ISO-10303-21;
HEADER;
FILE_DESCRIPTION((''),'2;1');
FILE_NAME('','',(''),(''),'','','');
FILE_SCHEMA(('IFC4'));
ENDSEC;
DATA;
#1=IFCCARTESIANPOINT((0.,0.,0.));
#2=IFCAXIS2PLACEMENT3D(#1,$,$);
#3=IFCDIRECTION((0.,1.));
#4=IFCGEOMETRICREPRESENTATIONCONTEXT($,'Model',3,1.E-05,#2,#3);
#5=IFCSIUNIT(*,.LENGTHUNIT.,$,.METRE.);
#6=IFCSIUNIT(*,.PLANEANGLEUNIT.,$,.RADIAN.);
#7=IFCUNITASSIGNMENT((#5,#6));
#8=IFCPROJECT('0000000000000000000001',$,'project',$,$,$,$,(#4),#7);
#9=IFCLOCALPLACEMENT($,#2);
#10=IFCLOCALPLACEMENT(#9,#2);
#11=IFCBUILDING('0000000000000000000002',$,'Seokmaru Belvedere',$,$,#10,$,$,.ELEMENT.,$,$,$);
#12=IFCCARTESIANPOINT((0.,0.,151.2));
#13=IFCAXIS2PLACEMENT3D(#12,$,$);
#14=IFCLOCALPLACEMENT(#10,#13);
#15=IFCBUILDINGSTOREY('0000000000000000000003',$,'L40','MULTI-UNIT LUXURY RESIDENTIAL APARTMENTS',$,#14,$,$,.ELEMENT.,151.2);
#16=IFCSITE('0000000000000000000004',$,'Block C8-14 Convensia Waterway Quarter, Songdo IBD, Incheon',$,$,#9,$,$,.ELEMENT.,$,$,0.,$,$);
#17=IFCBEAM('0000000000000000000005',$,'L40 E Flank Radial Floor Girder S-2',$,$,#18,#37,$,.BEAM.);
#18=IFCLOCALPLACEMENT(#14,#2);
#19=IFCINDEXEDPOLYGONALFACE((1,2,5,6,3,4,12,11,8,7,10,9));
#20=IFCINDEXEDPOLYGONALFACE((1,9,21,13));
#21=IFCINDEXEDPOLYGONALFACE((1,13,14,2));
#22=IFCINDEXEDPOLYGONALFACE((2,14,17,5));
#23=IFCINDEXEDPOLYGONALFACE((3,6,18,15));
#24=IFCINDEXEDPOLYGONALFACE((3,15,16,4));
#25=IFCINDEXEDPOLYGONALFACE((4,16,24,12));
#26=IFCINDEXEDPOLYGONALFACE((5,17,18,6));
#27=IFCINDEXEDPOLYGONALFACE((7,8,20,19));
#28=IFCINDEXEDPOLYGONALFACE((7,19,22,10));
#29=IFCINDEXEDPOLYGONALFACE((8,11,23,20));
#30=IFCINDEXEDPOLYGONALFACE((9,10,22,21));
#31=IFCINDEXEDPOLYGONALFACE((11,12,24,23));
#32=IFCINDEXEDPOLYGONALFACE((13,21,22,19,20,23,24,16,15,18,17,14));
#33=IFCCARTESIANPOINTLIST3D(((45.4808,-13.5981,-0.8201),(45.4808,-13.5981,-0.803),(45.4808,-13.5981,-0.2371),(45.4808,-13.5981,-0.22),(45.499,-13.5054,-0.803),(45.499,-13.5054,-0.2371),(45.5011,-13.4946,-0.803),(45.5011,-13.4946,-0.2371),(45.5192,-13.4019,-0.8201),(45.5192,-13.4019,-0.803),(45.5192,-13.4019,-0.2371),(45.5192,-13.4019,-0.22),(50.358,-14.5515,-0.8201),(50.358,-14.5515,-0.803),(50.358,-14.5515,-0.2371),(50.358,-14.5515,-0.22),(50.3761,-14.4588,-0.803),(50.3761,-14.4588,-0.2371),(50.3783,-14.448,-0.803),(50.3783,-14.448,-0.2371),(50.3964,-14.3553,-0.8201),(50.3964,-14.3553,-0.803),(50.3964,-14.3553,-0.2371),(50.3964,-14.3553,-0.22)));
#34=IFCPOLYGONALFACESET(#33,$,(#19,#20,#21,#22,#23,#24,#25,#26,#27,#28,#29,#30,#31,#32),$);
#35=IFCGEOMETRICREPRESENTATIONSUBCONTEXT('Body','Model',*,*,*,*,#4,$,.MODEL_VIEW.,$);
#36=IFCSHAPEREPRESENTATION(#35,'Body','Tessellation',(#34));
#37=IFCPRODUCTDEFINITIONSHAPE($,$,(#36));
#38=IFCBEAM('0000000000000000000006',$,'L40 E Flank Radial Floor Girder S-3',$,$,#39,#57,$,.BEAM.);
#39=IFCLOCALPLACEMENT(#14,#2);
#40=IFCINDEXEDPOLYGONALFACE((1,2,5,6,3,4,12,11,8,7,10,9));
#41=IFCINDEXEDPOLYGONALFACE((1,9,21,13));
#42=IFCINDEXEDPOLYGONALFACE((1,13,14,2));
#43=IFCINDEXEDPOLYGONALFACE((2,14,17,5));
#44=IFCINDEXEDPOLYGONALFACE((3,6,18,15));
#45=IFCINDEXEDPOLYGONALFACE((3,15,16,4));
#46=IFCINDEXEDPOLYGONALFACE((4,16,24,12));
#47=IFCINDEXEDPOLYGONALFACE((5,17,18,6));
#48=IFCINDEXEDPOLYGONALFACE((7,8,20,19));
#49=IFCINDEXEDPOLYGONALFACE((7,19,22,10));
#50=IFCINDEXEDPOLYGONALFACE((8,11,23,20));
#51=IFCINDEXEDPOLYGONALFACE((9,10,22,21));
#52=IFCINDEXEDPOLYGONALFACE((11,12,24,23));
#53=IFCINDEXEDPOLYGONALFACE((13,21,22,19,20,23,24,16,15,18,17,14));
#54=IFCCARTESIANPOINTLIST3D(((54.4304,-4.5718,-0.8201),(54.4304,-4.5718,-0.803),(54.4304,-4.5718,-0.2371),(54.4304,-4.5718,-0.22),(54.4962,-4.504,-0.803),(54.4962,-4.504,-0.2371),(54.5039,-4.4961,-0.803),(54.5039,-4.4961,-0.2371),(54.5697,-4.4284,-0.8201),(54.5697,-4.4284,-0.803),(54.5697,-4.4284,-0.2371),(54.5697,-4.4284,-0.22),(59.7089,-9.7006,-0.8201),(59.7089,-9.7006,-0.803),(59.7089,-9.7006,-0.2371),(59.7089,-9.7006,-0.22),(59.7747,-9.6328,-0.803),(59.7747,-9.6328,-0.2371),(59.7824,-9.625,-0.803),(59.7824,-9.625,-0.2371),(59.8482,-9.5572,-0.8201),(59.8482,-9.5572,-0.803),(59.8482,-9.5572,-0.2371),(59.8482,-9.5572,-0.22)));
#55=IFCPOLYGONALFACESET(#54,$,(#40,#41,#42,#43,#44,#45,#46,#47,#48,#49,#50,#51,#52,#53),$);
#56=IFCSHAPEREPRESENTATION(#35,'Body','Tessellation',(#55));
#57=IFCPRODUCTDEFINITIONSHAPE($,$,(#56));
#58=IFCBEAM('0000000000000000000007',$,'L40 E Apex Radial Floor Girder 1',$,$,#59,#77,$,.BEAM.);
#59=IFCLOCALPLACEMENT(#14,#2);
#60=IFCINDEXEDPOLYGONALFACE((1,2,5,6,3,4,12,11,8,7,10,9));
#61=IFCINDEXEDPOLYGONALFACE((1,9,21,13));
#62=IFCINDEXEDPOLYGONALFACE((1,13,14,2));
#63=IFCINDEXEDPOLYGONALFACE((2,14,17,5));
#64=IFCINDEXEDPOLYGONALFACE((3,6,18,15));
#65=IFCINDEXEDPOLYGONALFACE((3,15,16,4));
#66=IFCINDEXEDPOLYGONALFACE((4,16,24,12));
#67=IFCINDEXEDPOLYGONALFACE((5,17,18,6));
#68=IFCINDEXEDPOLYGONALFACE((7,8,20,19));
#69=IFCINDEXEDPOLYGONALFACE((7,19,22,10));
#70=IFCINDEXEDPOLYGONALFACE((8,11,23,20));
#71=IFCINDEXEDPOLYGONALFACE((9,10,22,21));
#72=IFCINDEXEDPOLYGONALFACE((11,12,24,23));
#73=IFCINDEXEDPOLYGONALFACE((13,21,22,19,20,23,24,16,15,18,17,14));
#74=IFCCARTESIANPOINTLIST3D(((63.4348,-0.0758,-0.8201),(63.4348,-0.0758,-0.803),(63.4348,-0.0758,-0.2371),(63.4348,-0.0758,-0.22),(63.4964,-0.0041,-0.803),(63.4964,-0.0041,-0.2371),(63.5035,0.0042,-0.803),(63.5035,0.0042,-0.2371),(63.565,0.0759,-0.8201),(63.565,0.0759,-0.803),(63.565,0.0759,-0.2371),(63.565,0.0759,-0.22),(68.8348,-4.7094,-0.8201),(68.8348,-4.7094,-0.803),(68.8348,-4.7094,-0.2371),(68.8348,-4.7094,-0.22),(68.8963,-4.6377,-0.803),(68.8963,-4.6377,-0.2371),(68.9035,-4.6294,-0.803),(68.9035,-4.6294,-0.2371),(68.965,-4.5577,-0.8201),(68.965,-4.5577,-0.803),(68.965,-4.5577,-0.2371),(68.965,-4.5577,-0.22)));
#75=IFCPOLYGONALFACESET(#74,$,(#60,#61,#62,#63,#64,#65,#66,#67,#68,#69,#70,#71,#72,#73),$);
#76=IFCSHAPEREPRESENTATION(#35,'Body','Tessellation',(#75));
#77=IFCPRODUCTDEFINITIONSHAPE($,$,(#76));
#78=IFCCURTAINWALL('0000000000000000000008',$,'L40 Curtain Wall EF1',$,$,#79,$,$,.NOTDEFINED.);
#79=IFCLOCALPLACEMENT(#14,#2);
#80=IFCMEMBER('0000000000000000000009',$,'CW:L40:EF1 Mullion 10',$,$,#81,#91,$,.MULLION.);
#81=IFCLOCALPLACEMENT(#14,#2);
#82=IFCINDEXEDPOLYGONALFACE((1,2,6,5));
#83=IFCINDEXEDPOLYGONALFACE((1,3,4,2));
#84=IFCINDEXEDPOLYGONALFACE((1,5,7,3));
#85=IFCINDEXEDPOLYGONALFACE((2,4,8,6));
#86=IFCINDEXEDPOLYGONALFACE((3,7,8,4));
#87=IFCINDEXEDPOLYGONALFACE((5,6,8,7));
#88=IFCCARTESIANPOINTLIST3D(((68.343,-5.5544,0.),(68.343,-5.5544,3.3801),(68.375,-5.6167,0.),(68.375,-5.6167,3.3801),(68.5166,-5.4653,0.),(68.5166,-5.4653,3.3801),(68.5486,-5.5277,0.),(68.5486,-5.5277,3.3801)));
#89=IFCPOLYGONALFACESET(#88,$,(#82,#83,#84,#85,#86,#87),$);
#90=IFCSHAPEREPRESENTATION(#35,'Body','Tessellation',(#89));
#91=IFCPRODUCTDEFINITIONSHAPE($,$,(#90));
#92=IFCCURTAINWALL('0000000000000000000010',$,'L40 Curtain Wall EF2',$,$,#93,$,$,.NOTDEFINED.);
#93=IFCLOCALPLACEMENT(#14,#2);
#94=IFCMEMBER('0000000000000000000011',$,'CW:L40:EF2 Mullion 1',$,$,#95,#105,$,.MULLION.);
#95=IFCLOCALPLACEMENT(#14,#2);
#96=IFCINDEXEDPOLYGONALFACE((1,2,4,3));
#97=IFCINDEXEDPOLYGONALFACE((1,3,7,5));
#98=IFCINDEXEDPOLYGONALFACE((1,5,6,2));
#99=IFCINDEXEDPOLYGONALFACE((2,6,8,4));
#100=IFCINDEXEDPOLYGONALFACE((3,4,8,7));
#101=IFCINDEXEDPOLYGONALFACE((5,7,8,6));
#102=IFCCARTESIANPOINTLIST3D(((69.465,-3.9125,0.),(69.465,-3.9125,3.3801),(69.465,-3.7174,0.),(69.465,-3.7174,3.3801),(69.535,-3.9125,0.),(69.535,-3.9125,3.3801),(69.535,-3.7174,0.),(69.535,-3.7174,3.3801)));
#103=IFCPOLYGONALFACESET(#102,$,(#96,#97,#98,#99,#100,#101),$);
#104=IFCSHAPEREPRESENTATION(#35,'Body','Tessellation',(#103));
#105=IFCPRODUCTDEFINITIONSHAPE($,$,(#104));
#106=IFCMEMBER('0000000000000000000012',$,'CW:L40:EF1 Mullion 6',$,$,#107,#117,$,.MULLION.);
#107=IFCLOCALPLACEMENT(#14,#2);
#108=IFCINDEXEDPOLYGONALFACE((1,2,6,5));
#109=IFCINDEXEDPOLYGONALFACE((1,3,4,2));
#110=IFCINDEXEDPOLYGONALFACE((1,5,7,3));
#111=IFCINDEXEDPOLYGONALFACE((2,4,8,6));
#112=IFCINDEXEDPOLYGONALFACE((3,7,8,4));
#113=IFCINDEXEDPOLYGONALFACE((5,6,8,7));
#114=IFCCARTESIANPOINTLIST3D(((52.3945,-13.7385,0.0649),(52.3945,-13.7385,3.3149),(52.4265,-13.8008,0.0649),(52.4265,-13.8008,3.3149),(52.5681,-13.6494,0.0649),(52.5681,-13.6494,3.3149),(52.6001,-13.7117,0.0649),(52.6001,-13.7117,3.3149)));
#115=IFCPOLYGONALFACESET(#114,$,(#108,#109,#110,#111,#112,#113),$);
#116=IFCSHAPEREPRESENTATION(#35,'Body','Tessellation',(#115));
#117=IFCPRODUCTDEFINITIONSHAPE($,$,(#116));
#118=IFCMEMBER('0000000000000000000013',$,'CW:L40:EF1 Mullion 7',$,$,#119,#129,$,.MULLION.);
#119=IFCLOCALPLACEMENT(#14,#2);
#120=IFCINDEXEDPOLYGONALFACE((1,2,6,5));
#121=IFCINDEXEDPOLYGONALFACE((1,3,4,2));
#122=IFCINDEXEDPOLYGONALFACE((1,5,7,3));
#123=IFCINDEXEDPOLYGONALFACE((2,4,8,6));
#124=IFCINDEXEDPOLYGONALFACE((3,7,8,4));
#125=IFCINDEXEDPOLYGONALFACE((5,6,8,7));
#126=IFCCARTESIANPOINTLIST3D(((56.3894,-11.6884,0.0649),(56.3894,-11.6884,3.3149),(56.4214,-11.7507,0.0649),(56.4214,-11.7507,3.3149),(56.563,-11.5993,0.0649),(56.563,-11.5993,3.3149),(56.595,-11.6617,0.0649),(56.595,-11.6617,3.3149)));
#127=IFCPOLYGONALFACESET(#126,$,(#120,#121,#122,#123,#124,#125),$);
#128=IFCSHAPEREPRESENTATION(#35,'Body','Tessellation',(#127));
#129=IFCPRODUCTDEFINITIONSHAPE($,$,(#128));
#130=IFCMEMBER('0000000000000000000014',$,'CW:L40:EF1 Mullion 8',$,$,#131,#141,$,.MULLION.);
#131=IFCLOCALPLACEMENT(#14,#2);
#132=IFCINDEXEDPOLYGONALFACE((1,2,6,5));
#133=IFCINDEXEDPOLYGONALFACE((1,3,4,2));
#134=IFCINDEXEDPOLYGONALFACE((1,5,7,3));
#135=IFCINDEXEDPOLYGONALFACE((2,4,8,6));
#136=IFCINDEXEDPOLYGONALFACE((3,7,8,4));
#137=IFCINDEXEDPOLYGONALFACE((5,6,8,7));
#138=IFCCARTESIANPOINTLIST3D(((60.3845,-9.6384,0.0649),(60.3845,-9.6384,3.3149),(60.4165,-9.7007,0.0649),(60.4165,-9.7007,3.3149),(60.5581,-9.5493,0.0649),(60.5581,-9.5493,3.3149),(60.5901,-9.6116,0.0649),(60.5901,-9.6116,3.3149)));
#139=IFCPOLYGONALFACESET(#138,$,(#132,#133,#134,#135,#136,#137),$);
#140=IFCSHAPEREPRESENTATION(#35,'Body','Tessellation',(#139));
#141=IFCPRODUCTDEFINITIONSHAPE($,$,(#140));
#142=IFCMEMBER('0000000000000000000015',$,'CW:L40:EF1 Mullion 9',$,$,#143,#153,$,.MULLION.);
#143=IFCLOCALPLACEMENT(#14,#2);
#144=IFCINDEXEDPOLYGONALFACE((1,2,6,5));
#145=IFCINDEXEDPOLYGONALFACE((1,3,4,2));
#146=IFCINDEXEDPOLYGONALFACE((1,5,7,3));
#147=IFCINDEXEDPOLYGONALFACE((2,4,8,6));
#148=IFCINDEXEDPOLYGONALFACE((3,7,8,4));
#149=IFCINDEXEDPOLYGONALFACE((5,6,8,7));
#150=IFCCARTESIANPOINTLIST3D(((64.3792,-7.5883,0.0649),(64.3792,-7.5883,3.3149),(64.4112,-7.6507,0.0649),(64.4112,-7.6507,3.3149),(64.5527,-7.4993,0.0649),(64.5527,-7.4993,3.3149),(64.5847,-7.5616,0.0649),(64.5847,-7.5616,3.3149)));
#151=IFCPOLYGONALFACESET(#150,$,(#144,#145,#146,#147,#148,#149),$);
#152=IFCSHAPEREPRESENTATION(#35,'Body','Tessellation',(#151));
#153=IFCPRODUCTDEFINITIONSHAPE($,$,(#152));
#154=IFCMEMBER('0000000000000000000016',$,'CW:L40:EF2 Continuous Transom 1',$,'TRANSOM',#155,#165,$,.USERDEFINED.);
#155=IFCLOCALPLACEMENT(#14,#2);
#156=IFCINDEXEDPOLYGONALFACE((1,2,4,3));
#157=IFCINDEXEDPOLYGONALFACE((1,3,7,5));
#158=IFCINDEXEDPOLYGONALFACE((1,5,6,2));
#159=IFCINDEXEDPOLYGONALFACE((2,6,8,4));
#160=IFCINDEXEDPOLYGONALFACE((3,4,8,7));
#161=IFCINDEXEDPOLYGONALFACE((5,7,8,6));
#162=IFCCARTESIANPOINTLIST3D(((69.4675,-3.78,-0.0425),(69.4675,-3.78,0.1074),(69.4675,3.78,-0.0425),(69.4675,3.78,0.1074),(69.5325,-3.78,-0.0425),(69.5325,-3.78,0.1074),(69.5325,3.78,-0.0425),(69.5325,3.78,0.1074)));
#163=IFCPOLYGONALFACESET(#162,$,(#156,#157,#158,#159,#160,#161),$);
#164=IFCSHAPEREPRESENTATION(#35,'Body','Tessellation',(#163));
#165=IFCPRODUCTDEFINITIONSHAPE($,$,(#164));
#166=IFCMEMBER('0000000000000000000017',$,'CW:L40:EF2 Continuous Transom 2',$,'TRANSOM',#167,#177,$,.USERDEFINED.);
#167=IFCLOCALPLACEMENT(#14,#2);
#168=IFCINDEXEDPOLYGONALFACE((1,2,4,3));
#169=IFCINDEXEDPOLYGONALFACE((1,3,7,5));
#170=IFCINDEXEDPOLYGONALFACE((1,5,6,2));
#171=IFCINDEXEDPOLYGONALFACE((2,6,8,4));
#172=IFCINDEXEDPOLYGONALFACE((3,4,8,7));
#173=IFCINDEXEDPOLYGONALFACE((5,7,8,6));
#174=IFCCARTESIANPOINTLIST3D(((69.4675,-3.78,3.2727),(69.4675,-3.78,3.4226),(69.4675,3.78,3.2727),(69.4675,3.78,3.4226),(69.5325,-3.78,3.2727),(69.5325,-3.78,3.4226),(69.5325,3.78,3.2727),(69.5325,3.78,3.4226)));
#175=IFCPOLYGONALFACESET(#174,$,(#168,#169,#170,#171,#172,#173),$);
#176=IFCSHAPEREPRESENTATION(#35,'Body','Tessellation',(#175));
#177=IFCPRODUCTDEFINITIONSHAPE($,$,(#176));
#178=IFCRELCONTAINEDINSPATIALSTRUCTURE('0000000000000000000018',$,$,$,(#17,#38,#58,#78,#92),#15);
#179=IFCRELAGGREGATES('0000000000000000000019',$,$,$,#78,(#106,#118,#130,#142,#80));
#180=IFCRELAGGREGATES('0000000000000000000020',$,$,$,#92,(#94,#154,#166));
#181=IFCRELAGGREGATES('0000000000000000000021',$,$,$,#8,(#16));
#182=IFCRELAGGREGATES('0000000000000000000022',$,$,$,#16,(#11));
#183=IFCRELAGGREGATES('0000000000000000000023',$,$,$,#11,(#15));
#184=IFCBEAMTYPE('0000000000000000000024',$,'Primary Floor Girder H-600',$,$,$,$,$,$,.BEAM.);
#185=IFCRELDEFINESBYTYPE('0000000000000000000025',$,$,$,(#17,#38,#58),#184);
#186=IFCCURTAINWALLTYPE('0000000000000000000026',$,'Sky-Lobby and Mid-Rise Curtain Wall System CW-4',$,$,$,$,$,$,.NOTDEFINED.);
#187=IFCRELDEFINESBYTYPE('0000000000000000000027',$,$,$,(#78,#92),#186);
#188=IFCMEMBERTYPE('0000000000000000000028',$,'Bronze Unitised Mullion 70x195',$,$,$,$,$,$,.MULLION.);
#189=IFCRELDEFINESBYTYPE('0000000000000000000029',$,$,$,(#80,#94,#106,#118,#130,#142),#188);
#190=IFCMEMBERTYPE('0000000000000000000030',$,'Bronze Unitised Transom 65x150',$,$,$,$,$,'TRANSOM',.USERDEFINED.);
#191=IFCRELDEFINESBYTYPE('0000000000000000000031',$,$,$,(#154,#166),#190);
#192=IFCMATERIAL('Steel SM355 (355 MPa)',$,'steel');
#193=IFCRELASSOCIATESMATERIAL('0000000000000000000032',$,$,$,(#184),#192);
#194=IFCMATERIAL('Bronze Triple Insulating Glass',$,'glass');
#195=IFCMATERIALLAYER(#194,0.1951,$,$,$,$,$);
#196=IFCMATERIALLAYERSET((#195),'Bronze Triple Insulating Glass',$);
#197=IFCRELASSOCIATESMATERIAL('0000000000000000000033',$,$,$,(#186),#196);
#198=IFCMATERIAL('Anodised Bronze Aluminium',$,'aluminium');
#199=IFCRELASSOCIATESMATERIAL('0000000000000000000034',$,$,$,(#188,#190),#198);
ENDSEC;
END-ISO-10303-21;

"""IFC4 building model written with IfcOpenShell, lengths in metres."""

from ifc_helpers import new_model, si_unit, direction, frame, origin, origin_2d, place, context, subcontext, project, spatial, rectangle, i_section, extrude, source, transform, mapped, material, layer, layer_set, material_profile, profile_set, type_object, type_shapes, element, aggregate, save


model = new_model("IFC4")

# Units and contexts
model_context = context("Model", 3, precision=1e-05, world=origin(), true_north=direction((0.0, 1.0)))
body_context = subcontext(model_context, "Body", "Model", "MODEL_VIEW")
ifc_project = project(units=[si_unit("LENGTHUNIT", "METRE"), si_unit("PLANEANGLEUNIT", "RADIAN")], contexts=[model_context])

# Site, building, storey
site_placement = place(None, origin())
site = spatial("IfcSite", under=ifc_project, at=site_placement, Name="Block C8-14 Convensia Waterway Quarter, Songdo IBD, Incheon", CompositionType="ELEMENT", RefElevation=0.0)
building_placement = place(site_placement, origin())
building = spatial("IfcBuilding", under=site, at=building_placement, Name="Seokmaru Belvedere", CompositionType="ELEMENT")
storey_placement = place(building_placement, frame((0.0, 0.0, 151.2)))
storey = spatial("IfcBuildingStorey", under=building, at=storey_placement, Name="L40", Description="MULTI-UNIT LUXURY RESIDENTIAL APARTMENTS", CompositionType="ELEMENT", Elevation=151.2)

# Shared definitions
ifc_material_1 = material(Name="Steel SM355 (355 MPa)", Category="steel")

# Beams
ifc_material_profile_1 = material_profile(ifc_material_1, i_section(OverallWidth=0.2, OverallDepth=0.6001, WebThickness=0.011, FlangeThickness=0.0171, at=origin_2d()), Name="H-600x200x11x17")
ifc_profile_set_1 = profile_set([ifc_material_profile_1], Name="Steel SM355 (355 MPa)")
beam_type_1 = type_object("IfcBeamType", Name="Primary Floor Girder H-600", PredefinedType="BEAM", material=ifc_profile_set_1)
shared_shape_1 = source(origin(), body_context, "Body", "SweptSolid", [
    extrude(i_section(OverallWidth=0.2, OverallDepth=0.6001, WebThickness=0.011, FlangeThickness=0.0171, at=origin_2d()), origin(), (0.0, 0.0, 1.0), 4.9695),
])
beam_1_placement = place(storey_placement, frame((50.3772, -14.4534, -0.52), z_axis=(-0.981425, 0.191844, 0.0), x_axis=(-0.191844, -0.981425, 0.0)))
element("IfcBeam", 1, at=beam_1_placement, inside=storey, type_object=beam_type_1, Name="L40 E Flank Radial Floor Girder S-2", PredefinedType="BEAM", context=body_context, shape_type="MappedRepresentation", body=[
    mapped(shared_shape_1, transform((0.0, 0.0, 0.0), scale=1.0)),
])
shared_shape_2 = source(origin(), body_context, "Body", "SweptSolid", [
    extrude(i_section(OverallWidth=0.2, OverallDepth=0.6001, WebThickness=0.011, FlangeThickness=0.0171, at=origin_2d()), origin(), (0.0, 0.0, 1.0), 7.3599),
])
beam_2_placement = place(storey_placement, frame((59.7786, -9.6289, -0.52), z_axis=(-0.717201, 0.696867, 0.0), x_axis=(-0.696867, -0.717201, 0.0)))
element("IfcBeam", 2, at=beam_2_placement, inside=storey, type_object=beam_type_1, Name="L40 E Flank Radial Floor Girder S-3", PredefinedType="BEAM", context=body_context, shape_type="MappedRepresentation", body=[
    mapped(shared_shape_2, transform((0.0, 0.0, 0.0), scale=1.0)),
])
shared_shape_3 = source(origin(), body_context, "Body", "SweptSolid", [
    extrude(i_section(OverallWidth=0.2, OverallDepth=0.6001, WebThickness=0.011, FlangeThickness=0.0171, at=origin_2d()), origin(), (0.0, 0.0, 1.0), 7.1155),
])
beam_3_placement = place(storey_placement, frame((68.8999, -4.6335, -0.52), z_axis=(-0.758905, 0.651201, 0.0), x_axis=(-0.651201, -0.758905, 0.0)))
element("IfcBeam", 3, at=beam_3_placement, inside=storey, type_object=beam_type_1, Name="L40 E Apex Radial Floor Girder 1", PredefinedType="BEAM", context=body_context, shape_type="MappedRepresentation", body=[
    mapped(shared_shape_3, transform((0.0, 0.0, 0.0), scale=1.0)),
])

# Curtain walls, members
ifc_material_2 = material(Name="Bronze Triple Insulating Glass", Category="glass")
ifc_layer_1 = layer(ifc_material_2, 0.1951)
ifc_layer_set_1 = layer_set([ifc_layer_1], Name="Bronze Triple Insulating Glass")
curtain_wall_type = type_object("IfcCurtainWallType", Name="Sky-Lobby and Mid-Rise Curtain Wall System CW-4", PredefinedType="NOTDEFINED", material=ifc_layer_set_1)
curtain_wall_1_placement = place(storey_placement, origin())
curtain_wall_1 = element("IfcCurtainWall", 4, at=curtain_wall_1_placement, inside=storey, type_object=curtain_wall_type, Name="L40 Curtain Wall EF1", PredefinedType="NOTDEFINED")
ifc_material_3 = material(Name="Anodised Bronze Aluminium", Category="aluminium")
ifc_material_profile_2 = material_profile(ifc_material_3, rectangle(XDim=0.0701, YDim=0.1951, at=origin_2d()), Name="CW-M-70x195")
ifc_profile_set_2 = profile_set([ifc_material_profile_2], Name="Anodised Bronze Aluminium")
member_type_1 = type_object("IfcMemberType", Name="Bronze Unitised Mullion 70x195", PredefinedType="MULLION", material=ifc_profile_set_2)
shared_shape_4 = source(origin(), body_context, "Body", "SweptSolid", [
    extrude(rectangle(XDim=0.0701, YDim=0.1951, at=origin_2d()), origin(), (0.0, 0.0, 1.0), 3.3801),
])
member_1_placement = place(storey_placement, frame((68.4458, -5.541, 0.0), z_axis=(0.0, 0.0, 1.0), x_axis=(-0.456555, 0.889695, 0.0)))
member_1 = element("IfcMember", 5, at=member_1_placement, type_object=member_type_1, Name="CW:L40:EF1 Mullion 10", PredefinedType="MULLION", context=body_context, shape_type="MappedRepresentation", body=[
    mapped(shared_shape_4, transform((0.0, 0.0, 0.0), scale=1.0)),
])
curtain_wall_2_placement = place(storey_placement, origin())
curtain_wall_2 = element("IfcCurtainWall", 6, at=curtain_wall_2_placement, inside=storey, type_object=curtain_wall_type, Name="L40 Curtain Wall EF2", PredefinedType="NOTDEFINED")
member_2_placement = place(storey_placement, frame((69.5, -3.8149, 0.0), z_axis=(0.0, 0.0, 1.0), x_axis=(-1.0, 0.0, 0.0)))
member_2 = element("IfcMember", 7, at=member_2_placement, type_object=member_type_1, Name="CW:L40:EF2 Mullion 1", PredefinedType="MULLION", context=body_context, shape_type="MappedRepresentation", body=[
    mapped(shared_shape_4, transform((0.0, 0.0, 0.0), scale=1.0)),
])

# Members
shared_shape_5 = source(origin(), body_context, "Body", "SweptSolid", [
    extrude(rectangle(XDim=0.0701, YDim=0.1951, at=origin_2d()), origin(), (0.0, 0.0, 1.0), 3.25),
])
type_shapes(member_type_1, [shared_shape_4, shared_shape_5])
member_3_placement = place(storey_placement, frame((52.4973, -13.7251, 0.0649), z_axis=(0.0, 0.0, 1.0), x_axis=(-0.456555, 0.889695, 0.0)))
member_3 = element("IfcMember", 8, at=member_3_placement, type_object=member_type_1, Name="CW:L40:EF1 Mullion 6", PredefinedType="MULLION", context=body_context, shape_type="MappedRepresentation", body=[
    mapped(shared_shape_5, transform((0.0, 0.0, 0.0), scale=1.0)),
])
member_4_placement = place(storey_placement, frame((56.4922, -11.675, 0.0649), z_axis=(0.0, 0.0, 1.0), x_axis=(-0.456555, 0.889695, 0.0)))
member_4 = element("IfcMember", 9, at=member_4_placement, type_object=member_type_1, Name="CW:L40:EF1 Mullion 7", PredefinedType="MULLION", context=body_context, shape_type="MappedRepresentation", body=[
    mapped(shared_shape_5, transform((0.0, 0.0, 0.0), scale=1.0)),
])
member_5_placement = place(storey_placement, frame((60.4873, -9.625, 0.0649), z_axis=(0.0, 0.0, 1.0), x_axis=(-0.456555, 0.889695, 0.0)))
member_5 = element("IfcMember", 10, at=member_5_placement, type_object=member_type_1, Name="CW:L40:EF1 Mullion 8", PredefinedType="MULLION", context=body_context, shape_type="MappedRepresentation", body=[
    mapped(shared_shape_5, transform((0.0, 0.0, 0.0), scale=1.0)),
])
member_6_placement = place(storey_placement, frame((64.4819, -7.575, 0.0649), z_axis=(0.0, 0.0, 1.0), x_axis=(-0.456555, 0.889695, 0.0)))
member_6 = element("IfcMember", 11, at=member_6_placement, type_object=member_type_1, Name="CW:L40:EF1 Mullion 9", PredefinedType="MULLION", context=body_context, shape_type="MappedRepresentation", body=[
    mapped(shared_shape_5, transform((0.0, 0.0, 0.0), scale=1.0)),
])
ifc_material_profile_3 = material_profile(ifc_material_3, rectangle(XDim=0.0649, YDim=0.1499, at=origin_2d()), Name="CW-T-65x150")
ifc_profile_set_3 = profile_set([ifc_material_profile_3], Name="Anodised Bronze Aluminium")
member_type_2 = type_object("IfcMemberType", Name="Bronze Unitised Transom 65x150", ElementType="TRANSOM", PredefinedType="USERDEFINED", material=ifc_profile_set_3)
shared_shape_6 = source(origin(), body_context, "Body", "SweptSolid", [
    extrude(rectangle(XDim=0.0649, YDim=0.1499, at=origin_2d()), origin(), (0.0, 0.0, 1.0), 7.5601),
])
type_shapes(member_type_2, [shared_shape_6])
member_7_placement = place(storey_placement, frame((69.5, -3.78, 0.0325), z_axis=(0.0, 1.0, 0.0), x_axis=(-1.0, 0.0, 0.0)))
member_7 = element("IfcMember", 12, at=member_7_placement, type_object=member_type_2, Name="CW:L40:EF2 Continuous Transom 1", ObjectType="TRANSOM", PredefinedType="USERDEFINED", context=body_context, shape_type="MappedRepresentation", body=[
    mapped(shared_shape_6, transform((0.0, 0.0, 0.0), scale=1.0)),
])
member_8_placement = place(storey_placement, frame((69.5, -3.78, 3.3477), z_axis=(0.0, 1.0, 0.0), x_axis=(-1.0, 0.0, 0.0)))
member_8 = element("IfcMember", 13, at=member_8_placement, type_object=member_type_2, Name="CW:L40:EF2 Continuous Transom 2", ObjectType="TRANSOM", PredefinedType="USERDEFINED", context=body_context, shape_type="MappedRepresentation", body=[
    mapped(shared_shape_6, transform((0.0, 0.0, 0.0), scale=1.0)),
])

aggregate(curtain_wall_1, [member_3, member_4, member_5, member_6, member_1])
aggregate(curtain_wall_2, [member_2, member_7, member_8])

save(model, "model.ifc")
